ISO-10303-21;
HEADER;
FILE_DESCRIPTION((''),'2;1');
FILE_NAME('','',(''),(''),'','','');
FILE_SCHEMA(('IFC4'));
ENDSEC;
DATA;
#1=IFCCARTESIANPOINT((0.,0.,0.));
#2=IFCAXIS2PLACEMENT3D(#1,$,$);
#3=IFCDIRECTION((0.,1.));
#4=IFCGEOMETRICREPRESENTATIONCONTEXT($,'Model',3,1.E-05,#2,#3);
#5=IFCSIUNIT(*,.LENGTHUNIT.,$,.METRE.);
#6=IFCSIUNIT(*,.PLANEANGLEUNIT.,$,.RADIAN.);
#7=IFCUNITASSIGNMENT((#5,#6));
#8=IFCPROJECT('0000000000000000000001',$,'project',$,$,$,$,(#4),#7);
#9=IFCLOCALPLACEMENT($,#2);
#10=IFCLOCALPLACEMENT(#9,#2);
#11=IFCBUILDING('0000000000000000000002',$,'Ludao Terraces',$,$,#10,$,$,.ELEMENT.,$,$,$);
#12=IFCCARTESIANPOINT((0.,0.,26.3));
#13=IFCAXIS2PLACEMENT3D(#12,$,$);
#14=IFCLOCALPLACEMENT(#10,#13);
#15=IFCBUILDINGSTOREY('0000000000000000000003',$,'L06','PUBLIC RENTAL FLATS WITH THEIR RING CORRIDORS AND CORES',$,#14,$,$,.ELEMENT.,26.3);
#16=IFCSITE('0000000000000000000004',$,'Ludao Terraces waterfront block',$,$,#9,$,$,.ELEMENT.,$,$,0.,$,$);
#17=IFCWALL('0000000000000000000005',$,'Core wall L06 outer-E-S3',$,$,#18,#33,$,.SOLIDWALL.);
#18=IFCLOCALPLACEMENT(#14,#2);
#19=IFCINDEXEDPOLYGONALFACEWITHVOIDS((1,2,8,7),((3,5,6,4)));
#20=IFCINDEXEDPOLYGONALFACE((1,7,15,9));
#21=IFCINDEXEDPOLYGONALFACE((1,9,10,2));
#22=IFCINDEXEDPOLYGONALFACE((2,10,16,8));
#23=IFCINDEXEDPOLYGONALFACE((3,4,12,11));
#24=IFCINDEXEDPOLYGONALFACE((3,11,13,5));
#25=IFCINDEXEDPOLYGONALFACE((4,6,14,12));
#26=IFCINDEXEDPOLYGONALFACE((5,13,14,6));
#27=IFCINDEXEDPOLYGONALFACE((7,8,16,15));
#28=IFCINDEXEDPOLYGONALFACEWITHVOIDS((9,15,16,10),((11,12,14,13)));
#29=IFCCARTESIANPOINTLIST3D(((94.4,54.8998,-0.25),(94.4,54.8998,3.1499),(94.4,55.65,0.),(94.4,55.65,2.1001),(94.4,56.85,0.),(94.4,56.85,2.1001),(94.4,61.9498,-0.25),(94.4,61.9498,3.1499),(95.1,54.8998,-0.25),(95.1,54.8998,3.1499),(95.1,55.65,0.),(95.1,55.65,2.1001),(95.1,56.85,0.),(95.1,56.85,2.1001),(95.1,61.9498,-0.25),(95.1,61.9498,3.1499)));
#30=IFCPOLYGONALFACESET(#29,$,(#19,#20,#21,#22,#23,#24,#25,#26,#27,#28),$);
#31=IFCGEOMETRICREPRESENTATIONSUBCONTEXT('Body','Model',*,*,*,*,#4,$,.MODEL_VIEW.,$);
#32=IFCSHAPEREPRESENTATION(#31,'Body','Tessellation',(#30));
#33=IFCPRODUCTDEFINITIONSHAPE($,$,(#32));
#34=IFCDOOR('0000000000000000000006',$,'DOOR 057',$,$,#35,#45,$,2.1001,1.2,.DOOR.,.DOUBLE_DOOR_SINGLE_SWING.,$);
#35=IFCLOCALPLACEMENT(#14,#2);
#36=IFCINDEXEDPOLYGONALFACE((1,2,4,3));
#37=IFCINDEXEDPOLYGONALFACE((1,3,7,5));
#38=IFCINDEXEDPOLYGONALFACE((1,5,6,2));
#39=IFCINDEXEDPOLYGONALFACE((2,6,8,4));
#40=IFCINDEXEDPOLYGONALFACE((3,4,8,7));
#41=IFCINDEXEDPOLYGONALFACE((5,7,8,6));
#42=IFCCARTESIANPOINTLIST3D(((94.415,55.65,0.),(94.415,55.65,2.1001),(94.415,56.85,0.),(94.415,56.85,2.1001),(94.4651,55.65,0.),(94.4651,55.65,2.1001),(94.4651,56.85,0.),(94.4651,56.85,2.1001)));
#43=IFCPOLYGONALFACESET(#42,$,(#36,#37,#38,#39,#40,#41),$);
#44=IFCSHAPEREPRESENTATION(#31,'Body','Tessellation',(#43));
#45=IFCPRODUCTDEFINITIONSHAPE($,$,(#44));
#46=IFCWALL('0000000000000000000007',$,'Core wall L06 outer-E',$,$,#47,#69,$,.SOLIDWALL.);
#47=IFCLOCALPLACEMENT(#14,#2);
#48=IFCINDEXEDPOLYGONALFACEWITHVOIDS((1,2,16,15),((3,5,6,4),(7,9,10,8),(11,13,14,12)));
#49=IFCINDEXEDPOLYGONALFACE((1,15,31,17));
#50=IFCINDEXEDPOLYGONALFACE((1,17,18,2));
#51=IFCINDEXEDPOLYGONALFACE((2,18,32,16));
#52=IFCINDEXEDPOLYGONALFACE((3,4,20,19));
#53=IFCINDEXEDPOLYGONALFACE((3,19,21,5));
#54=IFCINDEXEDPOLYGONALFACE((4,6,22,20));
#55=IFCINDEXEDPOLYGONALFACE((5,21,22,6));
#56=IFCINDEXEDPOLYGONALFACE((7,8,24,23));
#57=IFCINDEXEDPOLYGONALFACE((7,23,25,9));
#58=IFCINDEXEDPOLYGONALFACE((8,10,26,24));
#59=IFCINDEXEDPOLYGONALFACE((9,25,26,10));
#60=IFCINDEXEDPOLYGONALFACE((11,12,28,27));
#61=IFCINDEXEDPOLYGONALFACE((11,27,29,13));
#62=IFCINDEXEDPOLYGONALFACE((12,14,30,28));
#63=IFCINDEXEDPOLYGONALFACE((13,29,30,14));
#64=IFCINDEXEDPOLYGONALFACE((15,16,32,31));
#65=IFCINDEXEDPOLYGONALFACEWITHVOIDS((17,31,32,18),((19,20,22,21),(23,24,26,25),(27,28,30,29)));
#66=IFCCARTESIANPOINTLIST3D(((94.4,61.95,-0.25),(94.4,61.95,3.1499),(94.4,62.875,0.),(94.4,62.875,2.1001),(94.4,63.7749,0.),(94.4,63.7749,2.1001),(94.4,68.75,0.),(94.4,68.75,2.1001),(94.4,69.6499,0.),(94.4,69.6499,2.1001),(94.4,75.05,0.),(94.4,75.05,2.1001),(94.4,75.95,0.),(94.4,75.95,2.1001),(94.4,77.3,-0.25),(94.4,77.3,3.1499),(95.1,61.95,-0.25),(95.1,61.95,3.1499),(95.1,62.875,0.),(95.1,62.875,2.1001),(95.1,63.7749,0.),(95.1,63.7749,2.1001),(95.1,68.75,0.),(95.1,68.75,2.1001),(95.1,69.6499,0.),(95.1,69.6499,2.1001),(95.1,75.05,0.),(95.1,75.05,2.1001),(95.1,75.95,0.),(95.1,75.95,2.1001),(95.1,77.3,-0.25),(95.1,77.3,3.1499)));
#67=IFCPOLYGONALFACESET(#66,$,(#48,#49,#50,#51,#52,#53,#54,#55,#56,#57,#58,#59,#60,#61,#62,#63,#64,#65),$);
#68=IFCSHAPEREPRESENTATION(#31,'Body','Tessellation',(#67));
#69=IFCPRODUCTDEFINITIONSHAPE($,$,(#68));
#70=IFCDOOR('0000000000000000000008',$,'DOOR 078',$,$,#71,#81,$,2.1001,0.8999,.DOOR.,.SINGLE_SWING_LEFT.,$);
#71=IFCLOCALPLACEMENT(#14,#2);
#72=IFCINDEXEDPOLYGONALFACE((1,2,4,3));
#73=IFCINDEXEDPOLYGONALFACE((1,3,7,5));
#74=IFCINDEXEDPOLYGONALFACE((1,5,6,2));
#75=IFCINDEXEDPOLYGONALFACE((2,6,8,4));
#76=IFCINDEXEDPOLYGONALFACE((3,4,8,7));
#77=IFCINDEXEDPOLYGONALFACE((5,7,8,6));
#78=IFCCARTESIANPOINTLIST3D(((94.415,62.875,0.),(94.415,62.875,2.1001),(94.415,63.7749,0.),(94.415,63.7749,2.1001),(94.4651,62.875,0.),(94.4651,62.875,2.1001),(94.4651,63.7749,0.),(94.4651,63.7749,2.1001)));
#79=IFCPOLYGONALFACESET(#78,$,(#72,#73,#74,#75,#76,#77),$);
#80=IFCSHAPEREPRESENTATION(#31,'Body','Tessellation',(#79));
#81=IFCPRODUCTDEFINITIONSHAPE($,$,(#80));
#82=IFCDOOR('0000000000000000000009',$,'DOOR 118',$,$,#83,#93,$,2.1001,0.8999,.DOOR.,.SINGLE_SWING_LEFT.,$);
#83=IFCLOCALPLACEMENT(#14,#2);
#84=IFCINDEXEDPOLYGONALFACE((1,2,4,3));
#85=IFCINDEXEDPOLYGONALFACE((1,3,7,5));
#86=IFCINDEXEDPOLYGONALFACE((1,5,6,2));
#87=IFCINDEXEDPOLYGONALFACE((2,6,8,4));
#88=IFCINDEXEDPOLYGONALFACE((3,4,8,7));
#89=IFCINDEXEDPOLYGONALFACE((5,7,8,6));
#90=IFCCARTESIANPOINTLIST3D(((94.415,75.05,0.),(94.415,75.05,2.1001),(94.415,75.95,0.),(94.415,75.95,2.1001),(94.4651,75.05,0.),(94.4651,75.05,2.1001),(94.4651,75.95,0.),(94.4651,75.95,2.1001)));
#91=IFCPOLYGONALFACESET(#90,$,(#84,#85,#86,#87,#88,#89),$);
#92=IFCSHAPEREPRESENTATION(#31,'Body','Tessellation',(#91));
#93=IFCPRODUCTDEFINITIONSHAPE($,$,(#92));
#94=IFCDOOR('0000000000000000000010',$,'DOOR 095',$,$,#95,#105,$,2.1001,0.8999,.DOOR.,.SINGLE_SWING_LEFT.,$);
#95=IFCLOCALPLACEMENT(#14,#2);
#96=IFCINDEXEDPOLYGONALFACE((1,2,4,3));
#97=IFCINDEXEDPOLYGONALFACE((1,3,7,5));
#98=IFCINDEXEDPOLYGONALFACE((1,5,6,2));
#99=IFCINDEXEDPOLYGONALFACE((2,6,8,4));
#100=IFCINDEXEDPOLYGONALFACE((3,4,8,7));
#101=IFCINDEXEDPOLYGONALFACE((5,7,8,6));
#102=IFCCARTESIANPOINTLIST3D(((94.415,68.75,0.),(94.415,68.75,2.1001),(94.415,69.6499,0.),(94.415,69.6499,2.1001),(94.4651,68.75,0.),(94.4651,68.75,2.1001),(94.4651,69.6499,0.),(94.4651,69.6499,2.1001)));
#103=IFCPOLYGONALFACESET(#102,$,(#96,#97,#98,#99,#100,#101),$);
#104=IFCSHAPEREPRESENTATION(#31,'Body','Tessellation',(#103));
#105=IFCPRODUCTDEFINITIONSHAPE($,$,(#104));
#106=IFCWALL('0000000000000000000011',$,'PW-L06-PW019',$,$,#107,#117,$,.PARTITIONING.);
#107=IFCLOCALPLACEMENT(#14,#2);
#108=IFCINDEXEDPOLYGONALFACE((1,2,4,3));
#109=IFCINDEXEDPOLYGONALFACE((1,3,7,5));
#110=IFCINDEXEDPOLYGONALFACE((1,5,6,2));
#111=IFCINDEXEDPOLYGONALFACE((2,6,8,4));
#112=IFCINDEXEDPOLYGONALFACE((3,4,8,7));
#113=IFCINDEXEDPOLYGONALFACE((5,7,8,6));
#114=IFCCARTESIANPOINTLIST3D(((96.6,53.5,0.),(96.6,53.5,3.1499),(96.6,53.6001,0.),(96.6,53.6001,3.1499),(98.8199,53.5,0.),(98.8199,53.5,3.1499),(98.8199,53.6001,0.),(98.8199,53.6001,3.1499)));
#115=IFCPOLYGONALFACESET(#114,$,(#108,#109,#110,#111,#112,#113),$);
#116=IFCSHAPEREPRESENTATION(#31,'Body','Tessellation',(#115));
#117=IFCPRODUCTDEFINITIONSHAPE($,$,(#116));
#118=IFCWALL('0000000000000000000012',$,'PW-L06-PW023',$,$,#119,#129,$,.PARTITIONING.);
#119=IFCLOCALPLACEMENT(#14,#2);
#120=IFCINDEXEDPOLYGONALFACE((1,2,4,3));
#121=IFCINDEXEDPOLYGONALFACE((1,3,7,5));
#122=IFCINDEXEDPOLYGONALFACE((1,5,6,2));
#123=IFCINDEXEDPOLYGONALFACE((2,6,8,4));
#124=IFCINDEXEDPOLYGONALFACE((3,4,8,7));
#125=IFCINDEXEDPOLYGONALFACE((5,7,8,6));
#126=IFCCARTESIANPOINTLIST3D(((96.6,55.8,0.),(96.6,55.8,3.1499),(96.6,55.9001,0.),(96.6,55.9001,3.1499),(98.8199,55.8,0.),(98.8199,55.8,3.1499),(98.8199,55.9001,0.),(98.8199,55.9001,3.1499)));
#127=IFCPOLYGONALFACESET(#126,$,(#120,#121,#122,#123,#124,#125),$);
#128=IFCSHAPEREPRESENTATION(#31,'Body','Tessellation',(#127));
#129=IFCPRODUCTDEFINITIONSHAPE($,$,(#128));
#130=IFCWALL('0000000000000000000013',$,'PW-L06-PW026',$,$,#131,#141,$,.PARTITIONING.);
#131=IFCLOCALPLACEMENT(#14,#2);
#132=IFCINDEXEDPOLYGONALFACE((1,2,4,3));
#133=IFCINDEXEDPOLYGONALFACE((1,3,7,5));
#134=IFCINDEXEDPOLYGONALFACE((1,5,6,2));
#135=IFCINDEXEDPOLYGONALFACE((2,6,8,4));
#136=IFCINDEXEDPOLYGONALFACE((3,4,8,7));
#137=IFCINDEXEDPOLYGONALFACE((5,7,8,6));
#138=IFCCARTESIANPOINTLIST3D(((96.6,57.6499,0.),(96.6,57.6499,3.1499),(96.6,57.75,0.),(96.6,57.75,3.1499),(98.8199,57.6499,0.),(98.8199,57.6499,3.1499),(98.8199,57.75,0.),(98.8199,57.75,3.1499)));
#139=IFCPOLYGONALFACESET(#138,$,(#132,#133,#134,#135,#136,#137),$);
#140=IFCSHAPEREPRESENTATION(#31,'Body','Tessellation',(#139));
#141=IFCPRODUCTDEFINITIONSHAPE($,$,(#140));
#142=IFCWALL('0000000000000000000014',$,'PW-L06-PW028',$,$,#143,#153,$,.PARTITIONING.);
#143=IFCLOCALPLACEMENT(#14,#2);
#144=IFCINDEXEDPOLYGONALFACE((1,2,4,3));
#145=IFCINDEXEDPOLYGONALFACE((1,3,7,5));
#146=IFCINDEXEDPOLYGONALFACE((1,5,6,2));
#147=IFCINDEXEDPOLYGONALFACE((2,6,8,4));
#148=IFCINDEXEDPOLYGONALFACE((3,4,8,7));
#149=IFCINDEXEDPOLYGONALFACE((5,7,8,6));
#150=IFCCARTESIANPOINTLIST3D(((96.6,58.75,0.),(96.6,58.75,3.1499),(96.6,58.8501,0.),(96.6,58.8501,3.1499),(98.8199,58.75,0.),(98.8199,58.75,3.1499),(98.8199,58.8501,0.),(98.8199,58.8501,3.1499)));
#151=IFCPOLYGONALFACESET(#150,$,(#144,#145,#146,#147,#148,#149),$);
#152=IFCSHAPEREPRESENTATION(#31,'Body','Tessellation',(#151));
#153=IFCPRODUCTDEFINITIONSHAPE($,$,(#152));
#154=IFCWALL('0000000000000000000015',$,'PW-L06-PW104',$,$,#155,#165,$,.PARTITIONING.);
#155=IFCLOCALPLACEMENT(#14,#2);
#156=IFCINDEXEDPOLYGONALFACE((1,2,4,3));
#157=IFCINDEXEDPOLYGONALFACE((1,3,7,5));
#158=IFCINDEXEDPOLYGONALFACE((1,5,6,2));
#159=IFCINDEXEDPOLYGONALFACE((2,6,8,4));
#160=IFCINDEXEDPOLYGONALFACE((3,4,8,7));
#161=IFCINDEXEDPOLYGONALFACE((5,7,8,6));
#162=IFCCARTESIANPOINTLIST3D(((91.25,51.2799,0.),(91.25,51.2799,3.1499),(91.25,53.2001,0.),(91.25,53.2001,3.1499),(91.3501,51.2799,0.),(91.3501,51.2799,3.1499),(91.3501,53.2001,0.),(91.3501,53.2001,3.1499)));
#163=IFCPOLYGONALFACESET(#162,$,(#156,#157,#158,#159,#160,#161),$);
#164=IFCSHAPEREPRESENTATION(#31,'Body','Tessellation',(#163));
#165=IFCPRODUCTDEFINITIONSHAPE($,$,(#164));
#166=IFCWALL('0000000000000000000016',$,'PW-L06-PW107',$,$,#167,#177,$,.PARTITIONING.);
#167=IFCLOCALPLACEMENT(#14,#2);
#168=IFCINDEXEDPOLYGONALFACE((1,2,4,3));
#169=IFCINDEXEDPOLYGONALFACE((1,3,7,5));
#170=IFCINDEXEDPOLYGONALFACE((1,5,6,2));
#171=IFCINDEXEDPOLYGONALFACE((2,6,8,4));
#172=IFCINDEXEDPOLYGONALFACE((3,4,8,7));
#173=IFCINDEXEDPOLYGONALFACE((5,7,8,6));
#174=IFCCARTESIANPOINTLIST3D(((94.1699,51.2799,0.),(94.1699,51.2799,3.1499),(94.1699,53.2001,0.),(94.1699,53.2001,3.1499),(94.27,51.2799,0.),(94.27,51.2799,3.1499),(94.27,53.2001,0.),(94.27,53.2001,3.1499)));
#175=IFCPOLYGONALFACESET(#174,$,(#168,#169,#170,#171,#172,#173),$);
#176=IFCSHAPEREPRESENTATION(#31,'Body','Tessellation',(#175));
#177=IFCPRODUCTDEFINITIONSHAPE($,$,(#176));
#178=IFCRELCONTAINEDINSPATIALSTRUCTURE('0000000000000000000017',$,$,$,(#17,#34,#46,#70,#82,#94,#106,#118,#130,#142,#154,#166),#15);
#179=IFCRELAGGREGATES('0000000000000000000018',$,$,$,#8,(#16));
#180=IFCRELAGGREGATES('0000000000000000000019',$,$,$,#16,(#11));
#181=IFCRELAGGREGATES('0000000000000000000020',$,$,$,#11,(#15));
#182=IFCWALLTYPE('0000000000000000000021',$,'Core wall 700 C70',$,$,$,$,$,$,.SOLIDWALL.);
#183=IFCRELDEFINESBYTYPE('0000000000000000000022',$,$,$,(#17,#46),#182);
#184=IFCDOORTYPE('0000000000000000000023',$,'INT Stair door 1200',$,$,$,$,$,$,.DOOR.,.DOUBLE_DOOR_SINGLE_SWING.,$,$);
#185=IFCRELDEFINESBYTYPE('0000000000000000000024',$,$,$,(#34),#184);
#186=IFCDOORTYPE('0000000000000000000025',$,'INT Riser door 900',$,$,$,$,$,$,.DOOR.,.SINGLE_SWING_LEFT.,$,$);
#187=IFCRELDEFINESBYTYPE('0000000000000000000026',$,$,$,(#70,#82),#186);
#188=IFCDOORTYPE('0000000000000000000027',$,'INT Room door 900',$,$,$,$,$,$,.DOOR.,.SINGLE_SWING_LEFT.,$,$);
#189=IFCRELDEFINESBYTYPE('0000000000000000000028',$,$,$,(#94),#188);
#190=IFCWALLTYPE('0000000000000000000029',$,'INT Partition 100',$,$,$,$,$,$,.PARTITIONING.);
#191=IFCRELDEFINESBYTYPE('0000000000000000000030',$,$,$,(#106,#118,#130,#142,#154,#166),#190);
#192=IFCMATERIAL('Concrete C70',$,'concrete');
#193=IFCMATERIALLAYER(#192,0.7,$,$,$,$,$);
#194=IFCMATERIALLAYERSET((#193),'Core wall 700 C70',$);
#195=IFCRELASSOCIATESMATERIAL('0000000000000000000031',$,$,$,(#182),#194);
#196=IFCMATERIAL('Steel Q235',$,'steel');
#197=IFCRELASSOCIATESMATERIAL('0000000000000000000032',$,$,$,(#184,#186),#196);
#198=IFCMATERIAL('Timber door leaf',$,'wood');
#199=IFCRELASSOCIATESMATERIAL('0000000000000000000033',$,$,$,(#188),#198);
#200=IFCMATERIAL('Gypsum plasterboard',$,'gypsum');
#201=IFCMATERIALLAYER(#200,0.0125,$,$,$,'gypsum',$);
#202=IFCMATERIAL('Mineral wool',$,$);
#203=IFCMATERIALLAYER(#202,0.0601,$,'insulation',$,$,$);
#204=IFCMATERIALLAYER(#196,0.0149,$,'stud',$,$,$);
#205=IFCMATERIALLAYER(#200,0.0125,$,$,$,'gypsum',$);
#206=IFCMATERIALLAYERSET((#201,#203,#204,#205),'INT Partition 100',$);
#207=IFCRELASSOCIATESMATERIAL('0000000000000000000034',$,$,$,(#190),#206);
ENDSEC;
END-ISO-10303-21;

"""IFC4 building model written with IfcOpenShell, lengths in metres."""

from ifc_helpers import new_model, si_unit, direction, frame, frame_2d, origin, place, context, subcontext, project, spatial, rectangle, extrude, material, layer, layer_set, type_object, element, fill, save


model = new_model("IFC4")

# Units and contexts
model_context = context("Model", 3, precision=1e-05, world=origin(), true_north=direction((0.0, 1.0)))
body_context = subcontext(model_context, "Body", "Model", "MODEL_VIEW")
ifc_project = project(units=[si_unit("LENGTHUNIT", "METRE"), si_unit("PLANEANGLEUNIT", "RADIAN")], contexts=[model_context])

# Site, building, storey
site_placement = place(None, origin())
site = spatial("IfcSite", under=ifc_project, at=site_placement, Name="Ludao Terraces waterfront block", CompositionType="ELEMENT", RefElevation=0.0)
building_placement = place(site_placement, origin())
building = spatial("IfcBuilding", under=site, at=building_placement, Name="Ludao Terraces", CompositionType="ELEMENT")
storey_placement = place(building_placement, frame((0.0, 0.0, 26.3)))
storey = spatial("IfcBuildingStorey", under=building, at=storey_placement, Name="L06", Description="PUBLIC RENTAL FLATS WITH THEIR RING CORRIDORS AND CORES", CompositionType="ELEMENT", Elevation=26.3)

# Wall, opening, door
ifc_material_1 = material(Name="Concrete C70", Category="concrete")
ifc_layer_1 = layer(ifc_material_1, 0.7)
ifc_layer_set_1 = layer_set([ifc_layer_1], Name="Core wall 700 C70")
wall_type_1 = type_object("IfcWallType", Name="Core wall 700 C70", PredefinedType="SOLIDWALL", material=ifc_layer_set_1)
wall_1_placement = place(storey_placement, frame((94.75, 54.8999, -0.25), z_axis=(0.0, 0.0, 1.0), x_axis=(0.0, 1.0, 0.0)))
wall_1 = element("IfcWall", 1, at=wall_1_placement, inside=storey, type_object=wall_type_1, Name="Core wall L06 outer-E-S3", PredefinedType="SOLIDWALL", context=body_context, shape_type="SweptSolid", body=[
    extrude(rectangle(XDim=7.05, YDim=0.7, at=frame_2d((3.5249, 0.0))), origin(), (0.0, 0.0, 1.0), 3.3999),
])
opening_1_placement = place(wall_1_placement, frame((0.75, 0.0, 0.25)))
opening_1 = element("IfcOpeningElement", 2, at=opening_1_placement, cuts=wall_1, PredefinedType="OPENING", context=body_context, shape_type="SweptSolid", body=[
    extrude(rectangle(XDim=1.2, YDim=2.1001, at=frame_2d((0.6001, 1.05))), frame((0.0, 0.3599, 0.0), z_axis=(0.0, -1.0, 0.0), x_axis=(1.0, 0.0, 0.0)), (0.0, 0.0, 1.0), 0.72),
])
ifc_material_2 = material(Name="Steel Q235", Category="steel")
door_type_1 = type_object("IfcDoorType", Name="INT Stair door 1200", OperationType="DOUBLE_DOOR_SINGLE_SWING", PredefinedType="DOOR", material=ifc_material_2)
door_1_placement = place(opening_1_placement, origin())
door_1 = element("IfcDoor", 3, at=door_1_placement, inside=storey, type_object=door_type_1, Name="DOOR 057", OperationType="DOUBLE_DOOR_SINGLE_SWING", OverallHeight=2.1001, OverallWidth=1.2, PredefinedType="DOOR", context=body_context, shape_type="SweptSolid", body=[
    extrude(rectangle(XDim=1.2, YDim=2.1001, at=frame_2d((0.6001, 1.05))), frame((0.0, 0.335, 0.0), z_axis=(0.0, -1.0, 0.0), x_axis=(1.0, 0.0, 0.0)), (0.0, 0.0, 1.0), 0.05),
])
fill(opening_1, door_1)

# Wall, openings, doors
wall_2_placement = place(storey_placement, frame((94.75, 61.95, -0.25), z_axis=(0.0, 0.0, 1.0), x_axis=(0.0, 1.0, 0.0)))
wall_2 = element("IfcWall", 4, at=wall_2_placement, inside=storey, type_object=wall_type_1, Name="Core wall L06 outer-E", PredefinedType="SOLIDWALL", context=body_context, shape_type="SweptSolid", body=[
    extrude(rectangle(XDim=15.3501, YDim=0.7, at=frame_2d((7.675, 0.0))), origin(), (0.0, 0.0, 1.0), 3.3999),
])
opening_2_placement = place(wall_2_placement, frame((0.925, 0.0, 0.25)))
opening_2 = element("IfcOpeningElement", 5, at=opening_2_placement, cuts=wall_2, PredefinedType="OPENING", context=body_context, shape_type="SweptSolid", body=[
    extrude(rectangle(XDim=0.8999, YDim=2.1001, at=frame_2d((0.45, 1.05))), frame((0.0, 0.3599, 0.0), z_axis=(0.0, -1.0, 0.0), x_axis=(1.0, 0.0, 0.0)), (0.0, 0.0, 1.0), 0.72),
])
opening_3_placement = place(wall_2_placement, frame((6.8, 0.0, 0.25)))
opening_3 = element("IfcOpeningElement", 6, at=opening_3_placement, cuts=wall_2, PredefinedType="OPENING", context=body_context, shape_type="SweptSolid", body=[
    extrude(rectangle(XDim=0.8999, YDim=2.1001, at=frame_2d((0.45, 1.05))), frame((0.0, 0.3599, 0.0), z_axis=(0.0, -1.0, 0.0), x_axis=(1.0, 0.0, 0.0)), (0.0, 0.0, 1.0), 0.72),
])
opening_4_placement = place(wall_2_placement, frame((13.1001, 0.0, 0.25)))
opening_4 = element("IfcOpeningElement", 7, at=opening_4_placement, cuts=wall_2, PredefinedType="OPENING", context=body_context, shape_type="SweptSolid", body=[
    extrude(rectangle(XDim=0.8999, YDim=2.1001, at=frame_2d((0.45, 1.05))), frame((0.0, 0.3599, 0.0), z_axis=(0.0, -1.0, 0.0), x_axis=(1.0, 0.0, 0.0)), (0.0, 0.0, 1.0), 0.72),
])
door_type_2 = type_object("IfcDoorType", Name="INT Riser door 900", OperationType="SINGLE_SWING_LEFT", PredefinedType="DOOR", material=ifc_material_2)
door_2_placement = place(opening_2_placement, origin())
door_2 = element("IfcDoor", 8, at=door_2_placement, inside=storey, type_object=door_type_2, Name="DOOR 078", OperationType="SINGLE_SWING_LEFT", OverallHeight=2.1001, OverallWidth=0.8999, PredefinedType="DOOR", context=body_context, shape_type="SweptSolid", body=[
    extrude(rectangle(XDim=0.8999, YDim=2.1001, at=frame_2d((0.45, 1.05))), frame((0.0, 0.335, 0.0), z_axis=(0.0, -1.0, 0.0), x_axis=(1.0, 0.0, 0.0)), (0.0, 0.0, 1.0), 0.05),
])
fill(opening_2, door_2)
door_3_placement = place(opening_4_placement, origin())
door_3 = element("IfcDoor", 9, at=door_3_placement, inside=storey, type_object=door_type_2, Name="DOOR 118", OperationType="SINGLE_SWING_LEFT", OverallHeight=2.1001, OverallWidth=0.8999, PredefinedType="DOOR", context=body_context, shape_type="SweptSolid", body=[
    extrude(rectangle(XDim=0.8999, YDim=2.1001, at=frame_2d((0.45, 1.05))), frame((0.0, 0.335, 0.0), z_axis=(0.0, -1.0, 0.0), x_axis=(1.0, 0.0, 0.0)), (0.0, 0.0, 1.0), 0.05),
])
fill(opening_4, door_3)
ifc_material_3 = material(Name="Timber door leaf", Category="wood")
door_type_3 = type_object("IfcDoorType", Name="INT Room door 900", OperationType="SINGLE_SWING_LEFT", PredefinedType="DOOR", material=ifc_material_3)
door_4_placement = place(opening_3_placement, origin())
door_4 = element("IfcDoor", 10, at=door_4_placement, inside=storey, type_object=door_type_3, Name="DOOR 095", OperationType="SINGLE_SWING_LEFT", OverallHeight=2.1001, OverallWidth=0.8999, PredefinedType="DOOR", context=body_context, shape_type="SweptSolid", body=[
    extrude(rectangle(XDim=0.8999, YDim=2.1001, at=frame_2d((0.45, 1.05))), frame((0.0, 0.335, 0.0), z_axis=(0.0, -1.0, 0.0), x_axis=(1.0, 0.0, 0.0)), (0.0, 0.0, 1.0), 0.05),
])
fill(opening_3, door_4)

# Walls
ifc_material_4 = material(Name="Gypsum plasterboard", Category="gypsum")
ifc_layer_2 = layer(ifc_material_4, 0.0125, Category="gypsum")
ifc_material_5 = material(Name="Mineral wool")
ifc_layer_3 = layer(ifc_material_5, 0.0601, Name="insulation")
ifc_layer_4 = layer(ifc_material_2, 0.0149, Name="stud")
ifc_layer_5 = layer(ifc_material_4, 0.0125, Category="gypsum")
ifc_layer_set_2 = layer_set([ifc_layer_2, ifc_layer_3, ifc_layer_4, ifc_layer_5], Name="INT Partition 100")
wall_type_2 = type_object("IfcWallType", Name="INT Partition 100", PredefinedType="PARTITIONING", material=ifc_layer_set_2)
for number, where, z_axis, x_axis, name in (
    (11, (96.6001, 53.55, 0.0), (0.0, 0.0, 1.0), (1.0, 0.0, 0.0), "PW-L06-PW019"),
    (12, (96.6001, 55.8501, 0.0), (0.0, 0.0, 1.0), (1.0, 0.0, 0.0), "PW-L06-PW023"),
    (13, (96.6001, 57.7, 0.0), (0.0, 0.0, 1.0), (1.0, 0.0, 0.0), "PW-L06-PW026"),
    (14, (96.6001, 58.8, 0.0), (0.0, 0.0, 1.0), (1.0, 0.0, 0.0), "PW-L06-PW028"),
):
    element("IfcWall", number, at=place(storey_placement, frame(where, z_axis=z_axis, x_axis=x_axis)), inside=storey, type_object=wall_type_2, Name=name, PredefinedType="PARTITIONING", context=body_context, shape_type="SweptSolid", body=[
        extrude(rectangle(XDim=2.22, YDim=0.1001, at=frame_2d((1.1099, 0.0))), origin(), (0.0, 0.0, 1.0), 3.1499),
    ])
for number, where, z_axis, x_axis, name in (
    (15, (91.3, 51.28, 0.0), (0.0, 0.0, 1.0), (0.0, 1.0, 0.0), "PW-L06-PW104"),
    (16, (94.22, 51.28, 0.0), (0.0, 0.0, 1.0), (0.0, 1.0, 0.0), "PW-L06-PW107"),
):
    element("IfcWall", number, at=place(storey_placement, frame(where, z_axis=z_axis, x_axis=x_axis)), inside=storey, type_object=wall_type_2, Name=name, PredefinedType="PARTITIONING", context=body_context, shape_type="SweptSolid", body=[
        extrude(rectangle(XDim=1.9202, YDim=0.1001, at=frame_2d((0.96, 0.0))), origin(), (0.0, 0.0, 1.0), 3.1499),
    ])

save(model, "model.ifc")
